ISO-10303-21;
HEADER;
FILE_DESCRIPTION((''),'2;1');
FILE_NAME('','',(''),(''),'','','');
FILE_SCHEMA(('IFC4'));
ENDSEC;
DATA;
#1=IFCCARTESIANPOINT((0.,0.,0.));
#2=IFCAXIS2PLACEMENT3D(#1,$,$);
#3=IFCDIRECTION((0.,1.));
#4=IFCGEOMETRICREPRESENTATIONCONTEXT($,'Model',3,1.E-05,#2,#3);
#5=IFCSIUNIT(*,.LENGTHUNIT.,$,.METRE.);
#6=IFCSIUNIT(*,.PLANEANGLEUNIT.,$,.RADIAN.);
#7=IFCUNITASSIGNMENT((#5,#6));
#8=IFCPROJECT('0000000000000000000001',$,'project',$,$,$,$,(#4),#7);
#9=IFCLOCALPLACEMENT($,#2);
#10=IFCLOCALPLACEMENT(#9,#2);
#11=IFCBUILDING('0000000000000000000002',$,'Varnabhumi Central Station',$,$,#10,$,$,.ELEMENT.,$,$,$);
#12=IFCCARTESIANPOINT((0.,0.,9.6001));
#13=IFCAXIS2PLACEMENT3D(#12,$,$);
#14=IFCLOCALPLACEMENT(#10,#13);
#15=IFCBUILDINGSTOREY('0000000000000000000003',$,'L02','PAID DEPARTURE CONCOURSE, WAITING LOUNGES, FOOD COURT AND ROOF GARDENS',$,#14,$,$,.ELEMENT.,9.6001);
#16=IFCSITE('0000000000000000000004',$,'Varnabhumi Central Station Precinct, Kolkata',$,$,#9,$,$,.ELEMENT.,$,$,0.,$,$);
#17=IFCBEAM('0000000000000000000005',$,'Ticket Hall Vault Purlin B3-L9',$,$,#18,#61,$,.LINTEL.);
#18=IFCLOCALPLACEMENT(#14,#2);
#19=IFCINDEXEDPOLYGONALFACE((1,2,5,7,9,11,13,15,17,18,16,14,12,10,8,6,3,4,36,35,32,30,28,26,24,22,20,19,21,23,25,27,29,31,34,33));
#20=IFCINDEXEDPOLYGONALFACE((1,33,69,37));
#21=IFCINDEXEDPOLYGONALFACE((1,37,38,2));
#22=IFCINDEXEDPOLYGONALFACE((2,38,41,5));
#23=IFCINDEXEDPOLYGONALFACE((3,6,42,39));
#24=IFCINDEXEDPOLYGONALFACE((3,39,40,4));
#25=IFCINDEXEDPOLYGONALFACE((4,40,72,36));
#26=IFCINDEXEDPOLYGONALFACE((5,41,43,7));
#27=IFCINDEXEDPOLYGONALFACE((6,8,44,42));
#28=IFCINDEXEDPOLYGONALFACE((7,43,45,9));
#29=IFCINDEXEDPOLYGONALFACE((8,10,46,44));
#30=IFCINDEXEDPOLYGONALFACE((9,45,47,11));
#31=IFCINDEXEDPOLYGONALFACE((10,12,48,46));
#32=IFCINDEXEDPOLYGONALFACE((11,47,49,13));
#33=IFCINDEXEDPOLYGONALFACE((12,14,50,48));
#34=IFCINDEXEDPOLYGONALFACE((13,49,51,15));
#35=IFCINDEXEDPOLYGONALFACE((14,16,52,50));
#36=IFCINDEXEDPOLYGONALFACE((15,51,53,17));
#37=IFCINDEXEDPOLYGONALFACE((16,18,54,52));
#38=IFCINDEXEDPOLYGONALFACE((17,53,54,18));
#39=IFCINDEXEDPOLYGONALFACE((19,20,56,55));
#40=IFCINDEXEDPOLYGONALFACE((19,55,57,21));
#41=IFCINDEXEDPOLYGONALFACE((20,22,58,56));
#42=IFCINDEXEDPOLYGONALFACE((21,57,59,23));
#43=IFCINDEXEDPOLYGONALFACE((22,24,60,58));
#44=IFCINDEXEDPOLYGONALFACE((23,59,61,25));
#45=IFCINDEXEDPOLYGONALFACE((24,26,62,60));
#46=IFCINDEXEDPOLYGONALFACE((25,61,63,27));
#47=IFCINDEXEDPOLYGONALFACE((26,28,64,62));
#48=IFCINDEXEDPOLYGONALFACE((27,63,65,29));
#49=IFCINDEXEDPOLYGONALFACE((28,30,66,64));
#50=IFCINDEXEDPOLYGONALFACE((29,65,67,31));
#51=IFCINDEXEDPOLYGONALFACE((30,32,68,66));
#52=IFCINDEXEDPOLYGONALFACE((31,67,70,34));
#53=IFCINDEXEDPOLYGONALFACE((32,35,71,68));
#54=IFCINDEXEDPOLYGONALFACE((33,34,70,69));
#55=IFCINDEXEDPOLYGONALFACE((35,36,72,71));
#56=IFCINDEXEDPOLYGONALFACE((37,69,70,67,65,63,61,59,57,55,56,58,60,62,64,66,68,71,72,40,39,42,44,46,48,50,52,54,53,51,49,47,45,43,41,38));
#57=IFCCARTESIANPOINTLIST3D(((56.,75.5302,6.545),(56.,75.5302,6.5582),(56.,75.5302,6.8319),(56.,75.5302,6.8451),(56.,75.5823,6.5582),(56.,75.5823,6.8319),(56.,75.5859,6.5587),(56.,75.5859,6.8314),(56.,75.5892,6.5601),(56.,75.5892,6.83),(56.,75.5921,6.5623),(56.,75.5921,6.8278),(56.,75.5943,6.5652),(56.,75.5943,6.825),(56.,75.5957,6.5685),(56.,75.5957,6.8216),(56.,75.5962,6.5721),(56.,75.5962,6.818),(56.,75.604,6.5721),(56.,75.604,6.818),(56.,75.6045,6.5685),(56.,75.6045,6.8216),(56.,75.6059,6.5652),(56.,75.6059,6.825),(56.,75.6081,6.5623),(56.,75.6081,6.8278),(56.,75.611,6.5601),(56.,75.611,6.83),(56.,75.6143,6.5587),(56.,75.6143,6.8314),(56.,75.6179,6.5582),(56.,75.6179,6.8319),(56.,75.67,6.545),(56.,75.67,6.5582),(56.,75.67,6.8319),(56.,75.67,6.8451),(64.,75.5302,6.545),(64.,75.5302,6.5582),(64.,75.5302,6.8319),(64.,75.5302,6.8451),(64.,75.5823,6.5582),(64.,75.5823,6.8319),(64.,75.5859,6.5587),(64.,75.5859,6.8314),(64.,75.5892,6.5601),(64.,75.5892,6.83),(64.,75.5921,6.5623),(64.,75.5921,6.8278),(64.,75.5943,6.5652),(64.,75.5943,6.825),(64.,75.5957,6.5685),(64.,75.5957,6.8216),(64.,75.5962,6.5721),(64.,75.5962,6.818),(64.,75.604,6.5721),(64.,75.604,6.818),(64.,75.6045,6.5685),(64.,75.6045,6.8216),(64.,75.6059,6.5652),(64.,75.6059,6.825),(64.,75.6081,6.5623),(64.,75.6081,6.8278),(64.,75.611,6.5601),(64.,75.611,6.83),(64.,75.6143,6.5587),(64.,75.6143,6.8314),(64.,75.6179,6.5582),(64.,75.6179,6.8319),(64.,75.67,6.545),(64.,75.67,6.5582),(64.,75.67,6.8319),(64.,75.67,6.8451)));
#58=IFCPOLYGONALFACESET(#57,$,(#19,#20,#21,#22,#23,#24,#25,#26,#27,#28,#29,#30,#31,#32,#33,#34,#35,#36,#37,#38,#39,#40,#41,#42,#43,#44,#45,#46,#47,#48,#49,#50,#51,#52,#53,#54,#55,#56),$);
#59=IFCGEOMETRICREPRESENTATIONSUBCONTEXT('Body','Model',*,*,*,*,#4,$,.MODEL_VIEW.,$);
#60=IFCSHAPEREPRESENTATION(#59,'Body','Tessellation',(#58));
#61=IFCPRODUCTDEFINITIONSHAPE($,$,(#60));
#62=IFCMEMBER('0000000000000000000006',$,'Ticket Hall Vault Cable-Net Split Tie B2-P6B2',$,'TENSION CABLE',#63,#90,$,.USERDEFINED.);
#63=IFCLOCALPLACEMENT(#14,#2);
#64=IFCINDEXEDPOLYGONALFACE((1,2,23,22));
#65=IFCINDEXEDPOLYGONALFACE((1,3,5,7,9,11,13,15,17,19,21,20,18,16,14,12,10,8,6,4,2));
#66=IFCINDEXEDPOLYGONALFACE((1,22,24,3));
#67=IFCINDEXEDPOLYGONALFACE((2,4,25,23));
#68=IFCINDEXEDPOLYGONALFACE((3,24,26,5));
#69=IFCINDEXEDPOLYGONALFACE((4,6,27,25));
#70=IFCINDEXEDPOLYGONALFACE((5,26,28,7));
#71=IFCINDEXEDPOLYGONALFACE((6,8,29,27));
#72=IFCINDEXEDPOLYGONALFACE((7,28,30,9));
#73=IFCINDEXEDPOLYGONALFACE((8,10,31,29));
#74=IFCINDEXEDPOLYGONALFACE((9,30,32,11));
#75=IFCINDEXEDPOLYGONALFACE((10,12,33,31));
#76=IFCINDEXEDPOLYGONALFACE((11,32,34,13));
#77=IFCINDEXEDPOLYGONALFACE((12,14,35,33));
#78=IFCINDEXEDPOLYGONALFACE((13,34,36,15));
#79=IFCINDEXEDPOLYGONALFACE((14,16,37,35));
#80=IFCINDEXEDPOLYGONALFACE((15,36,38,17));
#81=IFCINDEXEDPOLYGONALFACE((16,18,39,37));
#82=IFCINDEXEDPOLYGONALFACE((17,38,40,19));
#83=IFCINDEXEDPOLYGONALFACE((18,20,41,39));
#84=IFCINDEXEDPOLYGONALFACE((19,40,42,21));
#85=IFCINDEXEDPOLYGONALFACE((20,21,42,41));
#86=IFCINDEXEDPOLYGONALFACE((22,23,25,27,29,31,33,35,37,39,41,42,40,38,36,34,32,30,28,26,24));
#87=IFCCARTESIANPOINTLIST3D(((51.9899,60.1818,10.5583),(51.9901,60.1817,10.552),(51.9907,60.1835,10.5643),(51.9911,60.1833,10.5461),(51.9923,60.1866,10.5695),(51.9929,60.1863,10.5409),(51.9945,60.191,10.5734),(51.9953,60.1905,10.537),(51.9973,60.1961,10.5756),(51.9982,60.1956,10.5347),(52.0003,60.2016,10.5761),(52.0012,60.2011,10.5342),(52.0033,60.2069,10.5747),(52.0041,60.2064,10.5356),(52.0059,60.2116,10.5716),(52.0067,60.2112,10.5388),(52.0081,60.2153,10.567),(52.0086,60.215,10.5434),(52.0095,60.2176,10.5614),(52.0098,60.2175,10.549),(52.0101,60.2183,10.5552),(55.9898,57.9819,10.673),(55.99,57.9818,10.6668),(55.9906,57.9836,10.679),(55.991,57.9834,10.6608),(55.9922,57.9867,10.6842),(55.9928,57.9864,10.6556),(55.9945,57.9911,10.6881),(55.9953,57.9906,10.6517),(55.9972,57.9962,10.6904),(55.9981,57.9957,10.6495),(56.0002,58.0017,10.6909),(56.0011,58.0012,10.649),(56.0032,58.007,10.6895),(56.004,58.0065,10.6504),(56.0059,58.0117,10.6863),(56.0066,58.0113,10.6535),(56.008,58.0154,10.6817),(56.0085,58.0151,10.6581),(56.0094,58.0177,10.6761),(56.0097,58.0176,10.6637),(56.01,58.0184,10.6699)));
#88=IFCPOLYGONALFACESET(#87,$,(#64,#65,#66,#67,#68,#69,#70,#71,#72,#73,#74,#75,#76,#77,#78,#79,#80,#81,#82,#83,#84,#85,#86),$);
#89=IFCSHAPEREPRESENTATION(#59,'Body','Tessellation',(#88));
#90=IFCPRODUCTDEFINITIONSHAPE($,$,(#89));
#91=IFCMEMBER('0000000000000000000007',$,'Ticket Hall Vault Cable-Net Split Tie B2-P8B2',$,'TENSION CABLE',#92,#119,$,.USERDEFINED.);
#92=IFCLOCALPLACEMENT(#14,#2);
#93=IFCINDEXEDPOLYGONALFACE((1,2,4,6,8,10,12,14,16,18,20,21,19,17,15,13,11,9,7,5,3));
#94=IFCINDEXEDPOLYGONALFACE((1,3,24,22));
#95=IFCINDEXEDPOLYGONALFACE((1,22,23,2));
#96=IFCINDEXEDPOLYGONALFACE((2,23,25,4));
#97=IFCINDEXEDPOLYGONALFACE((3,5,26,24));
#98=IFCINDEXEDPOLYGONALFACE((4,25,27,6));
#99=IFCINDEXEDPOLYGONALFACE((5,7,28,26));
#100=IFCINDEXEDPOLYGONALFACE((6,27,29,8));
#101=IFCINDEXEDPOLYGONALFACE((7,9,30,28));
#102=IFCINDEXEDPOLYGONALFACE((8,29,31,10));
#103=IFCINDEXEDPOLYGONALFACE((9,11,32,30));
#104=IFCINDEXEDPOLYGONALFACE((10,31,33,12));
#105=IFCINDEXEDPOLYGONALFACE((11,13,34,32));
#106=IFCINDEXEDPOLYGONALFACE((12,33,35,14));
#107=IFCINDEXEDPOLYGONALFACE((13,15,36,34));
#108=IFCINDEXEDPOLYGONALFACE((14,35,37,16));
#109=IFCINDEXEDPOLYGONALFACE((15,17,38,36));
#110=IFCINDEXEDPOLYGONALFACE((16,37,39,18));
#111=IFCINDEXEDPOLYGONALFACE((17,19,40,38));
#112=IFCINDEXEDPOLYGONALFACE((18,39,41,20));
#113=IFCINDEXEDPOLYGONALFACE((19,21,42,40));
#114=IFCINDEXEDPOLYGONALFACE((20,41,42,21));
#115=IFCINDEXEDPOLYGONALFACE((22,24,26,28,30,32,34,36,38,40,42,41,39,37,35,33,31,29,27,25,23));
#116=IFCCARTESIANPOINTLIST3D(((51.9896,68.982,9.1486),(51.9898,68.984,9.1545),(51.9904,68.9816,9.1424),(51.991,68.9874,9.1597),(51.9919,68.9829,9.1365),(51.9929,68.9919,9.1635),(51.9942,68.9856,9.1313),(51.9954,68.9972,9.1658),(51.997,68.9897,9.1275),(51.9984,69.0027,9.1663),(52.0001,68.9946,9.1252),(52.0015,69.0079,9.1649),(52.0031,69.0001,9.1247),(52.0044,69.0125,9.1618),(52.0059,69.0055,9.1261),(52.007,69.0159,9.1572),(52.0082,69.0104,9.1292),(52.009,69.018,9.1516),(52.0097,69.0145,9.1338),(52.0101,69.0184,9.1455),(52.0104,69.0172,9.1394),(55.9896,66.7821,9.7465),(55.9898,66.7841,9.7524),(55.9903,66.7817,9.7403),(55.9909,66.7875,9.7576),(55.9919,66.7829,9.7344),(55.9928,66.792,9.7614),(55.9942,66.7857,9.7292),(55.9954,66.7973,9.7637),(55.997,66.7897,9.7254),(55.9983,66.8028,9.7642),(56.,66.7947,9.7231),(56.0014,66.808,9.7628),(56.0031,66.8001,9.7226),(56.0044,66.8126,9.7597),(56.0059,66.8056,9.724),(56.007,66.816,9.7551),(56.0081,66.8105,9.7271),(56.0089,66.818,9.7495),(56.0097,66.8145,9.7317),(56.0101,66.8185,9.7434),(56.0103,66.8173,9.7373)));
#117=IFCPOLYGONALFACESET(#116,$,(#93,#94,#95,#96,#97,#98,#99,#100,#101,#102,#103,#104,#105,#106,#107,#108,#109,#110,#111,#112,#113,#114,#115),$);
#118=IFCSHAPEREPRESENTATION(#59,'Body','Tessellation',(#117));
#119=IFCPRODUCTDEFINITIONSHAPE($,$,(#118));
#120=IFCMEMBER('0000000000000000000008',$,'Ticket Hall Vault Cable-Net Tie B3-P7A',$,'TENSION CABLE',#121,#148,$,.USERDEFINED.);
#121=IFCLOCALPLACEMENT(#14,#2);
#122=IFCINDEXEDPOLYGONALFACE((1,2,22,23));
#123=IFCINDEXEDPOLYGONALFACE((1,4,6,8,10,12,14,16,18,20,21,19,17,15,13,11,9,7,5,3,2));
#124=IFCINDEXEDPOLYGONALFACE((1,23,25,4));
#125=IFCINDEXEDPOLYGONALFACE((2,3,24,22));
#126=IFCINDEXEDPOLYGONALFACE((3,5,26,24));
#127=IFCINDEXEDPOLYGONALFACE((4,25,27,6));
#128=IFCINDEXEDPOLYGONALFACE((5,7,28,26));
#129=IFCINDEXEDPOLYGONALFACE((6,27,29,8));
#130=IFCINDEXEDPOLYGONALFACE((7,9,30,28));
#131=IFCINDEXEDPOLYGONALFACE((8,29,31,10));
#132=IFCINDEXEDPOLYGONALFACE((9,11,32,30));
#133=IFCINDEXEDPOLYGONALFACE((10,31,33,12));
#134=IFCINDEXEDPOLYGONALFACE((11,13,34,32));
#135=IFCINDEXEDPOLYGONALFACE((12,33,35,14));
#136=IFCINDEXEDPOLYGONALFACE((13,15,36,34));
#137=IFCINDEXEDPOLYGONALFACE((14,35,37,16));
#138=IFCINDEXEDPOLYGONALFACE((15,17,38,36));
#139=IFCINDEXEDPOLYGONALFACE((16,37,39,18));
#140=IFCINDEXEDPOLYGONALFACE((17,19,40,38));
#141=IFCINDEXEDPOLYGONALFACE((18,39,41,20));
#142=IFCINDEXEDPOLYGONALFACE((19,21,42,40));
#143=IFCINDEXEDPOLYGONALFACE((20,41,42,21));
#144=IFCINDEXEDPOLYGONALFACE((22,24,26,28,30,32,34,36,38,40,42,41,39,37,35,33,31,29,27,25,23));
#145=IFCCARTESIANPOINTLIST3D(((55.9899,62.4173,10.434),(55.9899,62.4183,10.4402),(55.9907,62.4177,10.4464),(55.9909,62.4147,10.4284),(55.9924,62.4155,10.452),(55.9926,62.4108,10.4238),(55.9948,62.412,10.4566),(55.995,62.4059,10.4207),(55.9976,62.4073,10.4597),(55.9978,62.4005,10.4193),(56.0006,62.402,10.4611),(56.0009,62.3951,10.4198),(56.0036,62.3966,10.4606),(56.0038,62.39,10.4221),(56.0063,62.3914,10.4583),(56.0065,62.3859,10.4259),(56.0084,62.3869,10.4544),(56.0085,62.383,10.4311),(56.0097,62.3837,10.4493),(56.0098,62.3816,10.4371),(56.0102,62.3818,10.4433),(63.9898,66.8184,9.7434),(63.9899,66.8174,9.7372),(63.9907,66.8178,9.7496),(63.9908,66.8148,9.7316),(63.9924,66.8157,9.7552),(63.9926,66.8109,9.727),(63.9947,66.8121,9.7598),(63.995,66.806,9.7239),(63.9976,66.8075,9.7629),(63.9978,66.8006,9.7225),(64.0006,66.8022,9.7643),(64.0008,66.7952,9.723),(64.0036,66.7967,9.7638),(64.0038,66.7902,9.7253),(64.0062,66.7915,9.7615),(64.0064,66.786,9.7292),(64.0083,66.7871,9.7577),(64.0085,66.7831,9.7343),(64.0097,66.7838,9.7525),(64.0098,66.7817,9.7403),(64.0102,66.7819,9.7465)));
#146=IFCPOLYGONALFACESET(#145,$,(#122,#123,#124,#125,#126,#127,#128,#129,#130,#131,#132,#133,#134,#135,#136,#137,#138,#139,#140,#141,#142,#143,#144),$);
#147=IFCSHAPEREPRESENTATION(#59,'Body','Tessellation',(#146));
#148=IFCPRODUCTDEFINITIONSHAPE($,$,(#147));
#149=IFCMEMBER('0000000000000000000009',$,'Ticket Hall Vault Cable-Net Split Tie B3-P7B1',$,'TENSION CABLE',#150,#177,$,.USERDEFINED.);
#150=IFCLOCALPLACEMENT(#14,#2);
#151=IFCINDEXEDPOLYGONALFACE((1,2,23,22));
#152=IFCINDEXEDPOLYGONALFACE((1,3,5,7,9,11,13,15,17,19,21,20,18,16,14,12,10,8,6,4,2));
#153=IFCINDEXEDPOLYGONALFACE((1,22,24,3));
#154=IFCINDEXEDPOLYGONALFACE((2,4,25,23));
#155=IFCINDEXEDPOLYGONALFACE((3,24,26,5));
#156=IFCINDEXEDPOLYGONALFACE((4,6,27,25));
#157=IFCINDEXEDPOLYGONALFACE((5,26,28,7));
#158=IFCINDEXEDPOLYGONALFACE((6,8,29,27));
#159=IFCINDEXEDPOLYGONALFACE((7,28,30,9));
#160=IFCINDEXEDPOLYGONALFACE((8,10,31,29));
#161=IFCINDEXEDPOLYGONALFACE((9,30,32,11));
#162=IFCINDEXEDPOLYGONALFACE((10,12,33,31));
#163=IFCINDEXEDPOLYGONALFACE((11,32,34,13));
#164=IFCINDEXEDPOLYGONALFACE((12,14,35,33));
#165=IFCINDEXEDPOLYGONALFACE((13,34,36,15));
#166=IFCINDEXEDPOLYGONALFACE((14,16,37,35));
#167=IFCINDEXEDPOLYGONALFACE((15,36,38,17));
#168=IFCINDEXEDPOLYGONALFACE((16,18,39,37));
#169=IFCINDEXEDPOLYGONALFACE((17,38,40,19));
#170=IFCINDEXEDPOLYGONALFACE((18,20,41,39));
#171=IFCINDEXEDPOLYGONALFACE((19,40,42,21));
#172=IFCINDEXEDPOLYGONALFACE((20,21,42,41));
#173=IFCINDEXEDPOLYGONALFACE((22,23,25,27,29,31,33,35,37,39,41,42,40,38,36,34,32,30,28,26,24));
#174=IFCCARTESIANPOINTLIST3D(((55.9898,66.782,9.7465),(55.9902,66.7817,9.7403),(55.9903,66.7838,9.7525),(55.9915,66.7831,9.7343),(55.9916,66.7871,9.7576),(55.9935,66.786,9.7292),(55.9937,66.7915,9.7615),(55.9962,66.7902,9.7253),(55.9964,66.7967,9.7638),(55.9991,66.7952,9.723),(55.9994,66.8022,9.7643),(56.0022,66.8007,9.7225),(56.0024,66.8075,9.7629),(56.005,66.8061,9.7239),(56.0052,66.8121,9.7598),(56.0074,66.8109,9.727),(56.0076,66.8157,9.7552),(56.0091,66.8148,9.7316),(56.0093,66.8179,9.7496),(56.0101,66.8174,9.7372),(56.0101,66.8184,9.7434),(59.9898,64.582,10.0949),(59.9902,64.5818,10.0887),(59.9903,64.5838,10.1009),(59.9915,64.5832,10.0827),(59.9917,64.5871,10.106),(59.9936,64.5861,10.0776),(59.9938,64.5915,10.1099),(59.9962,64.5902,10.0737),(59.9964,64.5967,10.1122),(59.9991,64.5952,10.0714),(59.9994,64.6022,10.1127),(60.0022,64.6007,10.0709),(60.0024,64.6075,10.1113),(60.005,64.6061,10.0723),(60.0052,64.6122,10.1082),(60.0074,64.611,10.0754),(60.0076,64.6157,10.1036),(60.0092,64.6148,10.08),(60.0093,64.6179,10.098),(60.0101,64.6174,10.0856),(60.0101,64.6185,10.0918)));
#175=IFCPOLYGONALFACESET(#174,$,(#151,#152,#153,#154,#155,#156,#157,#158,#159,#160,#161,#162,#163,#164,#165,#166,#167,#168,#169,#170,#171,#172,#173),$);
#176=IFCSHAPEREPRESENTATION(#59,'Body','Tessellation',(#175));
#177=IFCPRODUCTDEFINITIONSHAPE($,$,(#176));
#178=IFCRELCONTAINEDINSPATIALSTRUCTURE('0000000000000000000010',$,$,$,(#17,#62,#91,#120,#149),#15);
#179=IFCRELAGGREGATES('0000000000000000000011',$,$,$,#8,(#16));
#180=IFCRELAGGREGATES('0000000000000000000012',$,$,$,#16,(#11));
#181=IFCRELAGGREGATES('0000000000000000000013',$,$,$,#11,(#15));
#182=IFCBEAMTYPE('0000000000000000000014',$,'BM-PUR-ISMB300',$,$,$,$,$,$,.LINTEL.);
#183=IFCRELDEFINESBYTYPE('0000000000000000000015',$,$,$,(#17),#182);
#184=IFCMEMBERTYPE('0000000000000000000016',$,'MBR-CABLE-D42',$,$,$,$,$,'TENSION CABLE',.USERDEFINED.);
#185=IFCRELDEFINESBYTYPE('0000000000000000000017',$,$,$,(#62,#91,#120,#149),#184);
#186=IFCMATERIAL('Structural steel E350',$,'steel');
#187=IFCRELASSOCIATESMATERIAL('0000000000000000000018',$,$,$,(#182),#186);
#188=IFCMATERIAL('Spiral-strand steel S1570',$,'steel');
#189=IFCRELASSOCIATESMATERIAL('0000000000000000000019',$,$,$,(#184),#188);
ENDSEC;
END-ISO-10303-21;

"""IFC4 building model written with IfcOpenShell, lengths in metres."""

from ifc_helpers import new_model, si_unit, direction, frame, origin, origin_2d, place, context, subcontext, project, spatial, circle, i_section, extrude, material, material_profile, profile_set, type_object, element, save


model = new_model("IFC4")

# Units and contexts
model_context = context("Model", 3, precision=1e-05, world=origin(), true_north=direction((0.0, 1.0)))
body_context = subcontext(model_context, "Body", "Model", "MODEL_VIEW")
ifc_project = project(units=[si_unit("LENGTHUNIT", "METRE"), si_unit("PLANEANGLEUNIT", "RADIAN")], contexts=[model_context])

# Site, building, storey
site_placement = place(None, origin())
site = spatial("IfcSite", under=ifc_project, at=site_placement, Name="Varnabhumi Central Station Precinct, Kolkata", CompositionType="ELEMENT", RefElevation=0.0)
building_placement = place(site_placement, origin())
building = spatial("IfcBuilding", under=site, at=building_placement, Name="Varnabhumi Central Station", CompositionType="ELEMENT")
storey_placement = place(building_placement, frame((0.0, 0.0, 9.6001)))
storey = spatial("IfcBuildingStorey", under=building, at=storey_placement, Name="L02", Description="PAID DEPARTURE CONCOURSE, WAITING LOUNGES, FOOD COURT AND ROOF GARDENS", CompositionType="ELEMENT", Elevation=9.6001)

# Beam
ifc_material_1 = material(Name="Structural steel E350", Category="steel")
ifc_material_profile_1 = material_profile(ifc_material_1, i_section(OverallWidth=0.1399, OverallDepth=0.3, WebThickness=0.0078, FlangeThickness=0.0132, FilletRadius=0.0139, at=origin_2d()), Name="Structural steel E350", Category="steel")
ifc_profile_set_1 = profile_set([ifc_material_profile_1], Name="Structural steel E350")
beam_type_1 = type_object("IfcBeamType", Name="BM-PUR-ISMB300", PredefinedType="LINTEL", material=ifc_profile_set_1)
for number, where, z_axis, x_axis, name in (
    (1, (56.0, 75.6001, 6.6951), (1.0, 0.0, 0.0), (0.0, 1.0, 0.0), "Ticket Hall Vault Purlin B3-L9"),
):
    element("IfcBeam", number, at=place(storey_placement, frame(where, z_axis=z_axis, x_axis=x_axis)), inside=storey, type_object=beam_type_1, Name=name, PredefinedType="LINTEL", context=body_context, shape_type="SweptSolid", body=[
        extrude(i_section(OverallWidth=0.1399, OverallDepth=0.3, WebThickness=0.0078, FlangeThickness=0.0132, FilletRadius=0.0139, at=origin_2d()), origin(), (0.0, 0.0, 1.0), 8.0),
    ])

# Members
ifc_material_2 = material(Name="Spiral-strand steel S1570", Category="steel")
ifc_material_profile_2 = material_profile(ifc_material_2, circle(Radius=0.021, at=origin_2d()), Name="Spiral-strand steel S1570", Category="steel")
ifc_profile_set_2 = profile_set([ifc_material_profile_2], Name="Spiral-strand steel S1570")
member_type = type_object("IfcMemberType", Name="MBR-CABLE-D42", ElementType="TENSION CABLE", PredefinedType="USERDEFINED", material=ifc_profile_set_2)
member_1_placement = place(storey_placement, frame((52.0, 60.2, 10.5552), z_axis=(0.875944, -0.481758, 0.025128), x_axis=(0.481911, 0.87622, 0.0)))
element("IfcMember", 2, at=member_1_placement, inside=storey, type_object=member_type, Name="Ticket Hall Vault Cable-Net Split Tie B2-P6B2", ObjectType="TENSION CABLE", PredefinedType="USERDEFINED", context=body_context, shape_type="SweptSolid", body=[
    extrude(circle(Radius=0.021, at=origin_2d()), origin(), (0.0, 0.0, 1.0), 4.5664),
])
member_2_placement = place(storey_placement, frame((52.0, 69.0, 9.1455), z_axis=(0.8688, -0.47783, 0.129864), x_axis=(0.481911, 0.87622, 0.0)))
element("IfcMember", 3, at=member_2_placement, inside=storey, type_object=member_type, Name="Ticket Hall Vault Cable-Net Split Tie B2-P8B2", ObjectType="TENSION CABLE", PredefinedType="USERDEFINED", context=body_context, shape_type="SweptSolid", body=[
    extrude(circle(Radius=0.021, at=origin_2d()), origin(), (0.0, 0.0, 1.0), 4.604),
])
member_3_placement = place(storey_placement, frame((56.0, 62.3999, 10.4402), z_axis=(0.873669, 0.480534, -0.076094), x_axis=(-0.481931, 0.876209, 0.0)))
element("IfcMember", 4, at=member_3_placement, inside=storey, type_object=member_type, Name="Ticket Hall Vault Cable-Net Tie B3-P7A", ObjectType="TENSION CABLE", PredefinedType="USERDEFINED", context=body_context, shape_type="SweptSolid", body=[
    extrude(circle(Radius=0.021, at=origin_2d()), origin(), (0.0, 0.0, 1.0), 9.1567),
])
for number, where, z_axis, x_axis, name in (
    (5, (56.0, 66.8, 9.7434), (0.87368, -0.480513, 0.076095), (0.481911, 0.87622, 0.0), "Ticket Hall Vault Cable-Net Split Tie B3-P7B1"),
):
    element("IfcMember", number, at=place(storey_placement, frame(where, z_axis=z_axis, x_axis=x_axis)), inside=storey, type_object=member_type, Name=name, ObjectType="TENSION CABLE", PredefinedType="USERDEFINED", context=body_context, shape_type="SweptSolid", body=[
        extrude(circle(Radius=0.021, at=origin_2d()), origin(), (0.0, 0.0, 1.0), 4.5784),
    ])

save(model, "model.ifc")
